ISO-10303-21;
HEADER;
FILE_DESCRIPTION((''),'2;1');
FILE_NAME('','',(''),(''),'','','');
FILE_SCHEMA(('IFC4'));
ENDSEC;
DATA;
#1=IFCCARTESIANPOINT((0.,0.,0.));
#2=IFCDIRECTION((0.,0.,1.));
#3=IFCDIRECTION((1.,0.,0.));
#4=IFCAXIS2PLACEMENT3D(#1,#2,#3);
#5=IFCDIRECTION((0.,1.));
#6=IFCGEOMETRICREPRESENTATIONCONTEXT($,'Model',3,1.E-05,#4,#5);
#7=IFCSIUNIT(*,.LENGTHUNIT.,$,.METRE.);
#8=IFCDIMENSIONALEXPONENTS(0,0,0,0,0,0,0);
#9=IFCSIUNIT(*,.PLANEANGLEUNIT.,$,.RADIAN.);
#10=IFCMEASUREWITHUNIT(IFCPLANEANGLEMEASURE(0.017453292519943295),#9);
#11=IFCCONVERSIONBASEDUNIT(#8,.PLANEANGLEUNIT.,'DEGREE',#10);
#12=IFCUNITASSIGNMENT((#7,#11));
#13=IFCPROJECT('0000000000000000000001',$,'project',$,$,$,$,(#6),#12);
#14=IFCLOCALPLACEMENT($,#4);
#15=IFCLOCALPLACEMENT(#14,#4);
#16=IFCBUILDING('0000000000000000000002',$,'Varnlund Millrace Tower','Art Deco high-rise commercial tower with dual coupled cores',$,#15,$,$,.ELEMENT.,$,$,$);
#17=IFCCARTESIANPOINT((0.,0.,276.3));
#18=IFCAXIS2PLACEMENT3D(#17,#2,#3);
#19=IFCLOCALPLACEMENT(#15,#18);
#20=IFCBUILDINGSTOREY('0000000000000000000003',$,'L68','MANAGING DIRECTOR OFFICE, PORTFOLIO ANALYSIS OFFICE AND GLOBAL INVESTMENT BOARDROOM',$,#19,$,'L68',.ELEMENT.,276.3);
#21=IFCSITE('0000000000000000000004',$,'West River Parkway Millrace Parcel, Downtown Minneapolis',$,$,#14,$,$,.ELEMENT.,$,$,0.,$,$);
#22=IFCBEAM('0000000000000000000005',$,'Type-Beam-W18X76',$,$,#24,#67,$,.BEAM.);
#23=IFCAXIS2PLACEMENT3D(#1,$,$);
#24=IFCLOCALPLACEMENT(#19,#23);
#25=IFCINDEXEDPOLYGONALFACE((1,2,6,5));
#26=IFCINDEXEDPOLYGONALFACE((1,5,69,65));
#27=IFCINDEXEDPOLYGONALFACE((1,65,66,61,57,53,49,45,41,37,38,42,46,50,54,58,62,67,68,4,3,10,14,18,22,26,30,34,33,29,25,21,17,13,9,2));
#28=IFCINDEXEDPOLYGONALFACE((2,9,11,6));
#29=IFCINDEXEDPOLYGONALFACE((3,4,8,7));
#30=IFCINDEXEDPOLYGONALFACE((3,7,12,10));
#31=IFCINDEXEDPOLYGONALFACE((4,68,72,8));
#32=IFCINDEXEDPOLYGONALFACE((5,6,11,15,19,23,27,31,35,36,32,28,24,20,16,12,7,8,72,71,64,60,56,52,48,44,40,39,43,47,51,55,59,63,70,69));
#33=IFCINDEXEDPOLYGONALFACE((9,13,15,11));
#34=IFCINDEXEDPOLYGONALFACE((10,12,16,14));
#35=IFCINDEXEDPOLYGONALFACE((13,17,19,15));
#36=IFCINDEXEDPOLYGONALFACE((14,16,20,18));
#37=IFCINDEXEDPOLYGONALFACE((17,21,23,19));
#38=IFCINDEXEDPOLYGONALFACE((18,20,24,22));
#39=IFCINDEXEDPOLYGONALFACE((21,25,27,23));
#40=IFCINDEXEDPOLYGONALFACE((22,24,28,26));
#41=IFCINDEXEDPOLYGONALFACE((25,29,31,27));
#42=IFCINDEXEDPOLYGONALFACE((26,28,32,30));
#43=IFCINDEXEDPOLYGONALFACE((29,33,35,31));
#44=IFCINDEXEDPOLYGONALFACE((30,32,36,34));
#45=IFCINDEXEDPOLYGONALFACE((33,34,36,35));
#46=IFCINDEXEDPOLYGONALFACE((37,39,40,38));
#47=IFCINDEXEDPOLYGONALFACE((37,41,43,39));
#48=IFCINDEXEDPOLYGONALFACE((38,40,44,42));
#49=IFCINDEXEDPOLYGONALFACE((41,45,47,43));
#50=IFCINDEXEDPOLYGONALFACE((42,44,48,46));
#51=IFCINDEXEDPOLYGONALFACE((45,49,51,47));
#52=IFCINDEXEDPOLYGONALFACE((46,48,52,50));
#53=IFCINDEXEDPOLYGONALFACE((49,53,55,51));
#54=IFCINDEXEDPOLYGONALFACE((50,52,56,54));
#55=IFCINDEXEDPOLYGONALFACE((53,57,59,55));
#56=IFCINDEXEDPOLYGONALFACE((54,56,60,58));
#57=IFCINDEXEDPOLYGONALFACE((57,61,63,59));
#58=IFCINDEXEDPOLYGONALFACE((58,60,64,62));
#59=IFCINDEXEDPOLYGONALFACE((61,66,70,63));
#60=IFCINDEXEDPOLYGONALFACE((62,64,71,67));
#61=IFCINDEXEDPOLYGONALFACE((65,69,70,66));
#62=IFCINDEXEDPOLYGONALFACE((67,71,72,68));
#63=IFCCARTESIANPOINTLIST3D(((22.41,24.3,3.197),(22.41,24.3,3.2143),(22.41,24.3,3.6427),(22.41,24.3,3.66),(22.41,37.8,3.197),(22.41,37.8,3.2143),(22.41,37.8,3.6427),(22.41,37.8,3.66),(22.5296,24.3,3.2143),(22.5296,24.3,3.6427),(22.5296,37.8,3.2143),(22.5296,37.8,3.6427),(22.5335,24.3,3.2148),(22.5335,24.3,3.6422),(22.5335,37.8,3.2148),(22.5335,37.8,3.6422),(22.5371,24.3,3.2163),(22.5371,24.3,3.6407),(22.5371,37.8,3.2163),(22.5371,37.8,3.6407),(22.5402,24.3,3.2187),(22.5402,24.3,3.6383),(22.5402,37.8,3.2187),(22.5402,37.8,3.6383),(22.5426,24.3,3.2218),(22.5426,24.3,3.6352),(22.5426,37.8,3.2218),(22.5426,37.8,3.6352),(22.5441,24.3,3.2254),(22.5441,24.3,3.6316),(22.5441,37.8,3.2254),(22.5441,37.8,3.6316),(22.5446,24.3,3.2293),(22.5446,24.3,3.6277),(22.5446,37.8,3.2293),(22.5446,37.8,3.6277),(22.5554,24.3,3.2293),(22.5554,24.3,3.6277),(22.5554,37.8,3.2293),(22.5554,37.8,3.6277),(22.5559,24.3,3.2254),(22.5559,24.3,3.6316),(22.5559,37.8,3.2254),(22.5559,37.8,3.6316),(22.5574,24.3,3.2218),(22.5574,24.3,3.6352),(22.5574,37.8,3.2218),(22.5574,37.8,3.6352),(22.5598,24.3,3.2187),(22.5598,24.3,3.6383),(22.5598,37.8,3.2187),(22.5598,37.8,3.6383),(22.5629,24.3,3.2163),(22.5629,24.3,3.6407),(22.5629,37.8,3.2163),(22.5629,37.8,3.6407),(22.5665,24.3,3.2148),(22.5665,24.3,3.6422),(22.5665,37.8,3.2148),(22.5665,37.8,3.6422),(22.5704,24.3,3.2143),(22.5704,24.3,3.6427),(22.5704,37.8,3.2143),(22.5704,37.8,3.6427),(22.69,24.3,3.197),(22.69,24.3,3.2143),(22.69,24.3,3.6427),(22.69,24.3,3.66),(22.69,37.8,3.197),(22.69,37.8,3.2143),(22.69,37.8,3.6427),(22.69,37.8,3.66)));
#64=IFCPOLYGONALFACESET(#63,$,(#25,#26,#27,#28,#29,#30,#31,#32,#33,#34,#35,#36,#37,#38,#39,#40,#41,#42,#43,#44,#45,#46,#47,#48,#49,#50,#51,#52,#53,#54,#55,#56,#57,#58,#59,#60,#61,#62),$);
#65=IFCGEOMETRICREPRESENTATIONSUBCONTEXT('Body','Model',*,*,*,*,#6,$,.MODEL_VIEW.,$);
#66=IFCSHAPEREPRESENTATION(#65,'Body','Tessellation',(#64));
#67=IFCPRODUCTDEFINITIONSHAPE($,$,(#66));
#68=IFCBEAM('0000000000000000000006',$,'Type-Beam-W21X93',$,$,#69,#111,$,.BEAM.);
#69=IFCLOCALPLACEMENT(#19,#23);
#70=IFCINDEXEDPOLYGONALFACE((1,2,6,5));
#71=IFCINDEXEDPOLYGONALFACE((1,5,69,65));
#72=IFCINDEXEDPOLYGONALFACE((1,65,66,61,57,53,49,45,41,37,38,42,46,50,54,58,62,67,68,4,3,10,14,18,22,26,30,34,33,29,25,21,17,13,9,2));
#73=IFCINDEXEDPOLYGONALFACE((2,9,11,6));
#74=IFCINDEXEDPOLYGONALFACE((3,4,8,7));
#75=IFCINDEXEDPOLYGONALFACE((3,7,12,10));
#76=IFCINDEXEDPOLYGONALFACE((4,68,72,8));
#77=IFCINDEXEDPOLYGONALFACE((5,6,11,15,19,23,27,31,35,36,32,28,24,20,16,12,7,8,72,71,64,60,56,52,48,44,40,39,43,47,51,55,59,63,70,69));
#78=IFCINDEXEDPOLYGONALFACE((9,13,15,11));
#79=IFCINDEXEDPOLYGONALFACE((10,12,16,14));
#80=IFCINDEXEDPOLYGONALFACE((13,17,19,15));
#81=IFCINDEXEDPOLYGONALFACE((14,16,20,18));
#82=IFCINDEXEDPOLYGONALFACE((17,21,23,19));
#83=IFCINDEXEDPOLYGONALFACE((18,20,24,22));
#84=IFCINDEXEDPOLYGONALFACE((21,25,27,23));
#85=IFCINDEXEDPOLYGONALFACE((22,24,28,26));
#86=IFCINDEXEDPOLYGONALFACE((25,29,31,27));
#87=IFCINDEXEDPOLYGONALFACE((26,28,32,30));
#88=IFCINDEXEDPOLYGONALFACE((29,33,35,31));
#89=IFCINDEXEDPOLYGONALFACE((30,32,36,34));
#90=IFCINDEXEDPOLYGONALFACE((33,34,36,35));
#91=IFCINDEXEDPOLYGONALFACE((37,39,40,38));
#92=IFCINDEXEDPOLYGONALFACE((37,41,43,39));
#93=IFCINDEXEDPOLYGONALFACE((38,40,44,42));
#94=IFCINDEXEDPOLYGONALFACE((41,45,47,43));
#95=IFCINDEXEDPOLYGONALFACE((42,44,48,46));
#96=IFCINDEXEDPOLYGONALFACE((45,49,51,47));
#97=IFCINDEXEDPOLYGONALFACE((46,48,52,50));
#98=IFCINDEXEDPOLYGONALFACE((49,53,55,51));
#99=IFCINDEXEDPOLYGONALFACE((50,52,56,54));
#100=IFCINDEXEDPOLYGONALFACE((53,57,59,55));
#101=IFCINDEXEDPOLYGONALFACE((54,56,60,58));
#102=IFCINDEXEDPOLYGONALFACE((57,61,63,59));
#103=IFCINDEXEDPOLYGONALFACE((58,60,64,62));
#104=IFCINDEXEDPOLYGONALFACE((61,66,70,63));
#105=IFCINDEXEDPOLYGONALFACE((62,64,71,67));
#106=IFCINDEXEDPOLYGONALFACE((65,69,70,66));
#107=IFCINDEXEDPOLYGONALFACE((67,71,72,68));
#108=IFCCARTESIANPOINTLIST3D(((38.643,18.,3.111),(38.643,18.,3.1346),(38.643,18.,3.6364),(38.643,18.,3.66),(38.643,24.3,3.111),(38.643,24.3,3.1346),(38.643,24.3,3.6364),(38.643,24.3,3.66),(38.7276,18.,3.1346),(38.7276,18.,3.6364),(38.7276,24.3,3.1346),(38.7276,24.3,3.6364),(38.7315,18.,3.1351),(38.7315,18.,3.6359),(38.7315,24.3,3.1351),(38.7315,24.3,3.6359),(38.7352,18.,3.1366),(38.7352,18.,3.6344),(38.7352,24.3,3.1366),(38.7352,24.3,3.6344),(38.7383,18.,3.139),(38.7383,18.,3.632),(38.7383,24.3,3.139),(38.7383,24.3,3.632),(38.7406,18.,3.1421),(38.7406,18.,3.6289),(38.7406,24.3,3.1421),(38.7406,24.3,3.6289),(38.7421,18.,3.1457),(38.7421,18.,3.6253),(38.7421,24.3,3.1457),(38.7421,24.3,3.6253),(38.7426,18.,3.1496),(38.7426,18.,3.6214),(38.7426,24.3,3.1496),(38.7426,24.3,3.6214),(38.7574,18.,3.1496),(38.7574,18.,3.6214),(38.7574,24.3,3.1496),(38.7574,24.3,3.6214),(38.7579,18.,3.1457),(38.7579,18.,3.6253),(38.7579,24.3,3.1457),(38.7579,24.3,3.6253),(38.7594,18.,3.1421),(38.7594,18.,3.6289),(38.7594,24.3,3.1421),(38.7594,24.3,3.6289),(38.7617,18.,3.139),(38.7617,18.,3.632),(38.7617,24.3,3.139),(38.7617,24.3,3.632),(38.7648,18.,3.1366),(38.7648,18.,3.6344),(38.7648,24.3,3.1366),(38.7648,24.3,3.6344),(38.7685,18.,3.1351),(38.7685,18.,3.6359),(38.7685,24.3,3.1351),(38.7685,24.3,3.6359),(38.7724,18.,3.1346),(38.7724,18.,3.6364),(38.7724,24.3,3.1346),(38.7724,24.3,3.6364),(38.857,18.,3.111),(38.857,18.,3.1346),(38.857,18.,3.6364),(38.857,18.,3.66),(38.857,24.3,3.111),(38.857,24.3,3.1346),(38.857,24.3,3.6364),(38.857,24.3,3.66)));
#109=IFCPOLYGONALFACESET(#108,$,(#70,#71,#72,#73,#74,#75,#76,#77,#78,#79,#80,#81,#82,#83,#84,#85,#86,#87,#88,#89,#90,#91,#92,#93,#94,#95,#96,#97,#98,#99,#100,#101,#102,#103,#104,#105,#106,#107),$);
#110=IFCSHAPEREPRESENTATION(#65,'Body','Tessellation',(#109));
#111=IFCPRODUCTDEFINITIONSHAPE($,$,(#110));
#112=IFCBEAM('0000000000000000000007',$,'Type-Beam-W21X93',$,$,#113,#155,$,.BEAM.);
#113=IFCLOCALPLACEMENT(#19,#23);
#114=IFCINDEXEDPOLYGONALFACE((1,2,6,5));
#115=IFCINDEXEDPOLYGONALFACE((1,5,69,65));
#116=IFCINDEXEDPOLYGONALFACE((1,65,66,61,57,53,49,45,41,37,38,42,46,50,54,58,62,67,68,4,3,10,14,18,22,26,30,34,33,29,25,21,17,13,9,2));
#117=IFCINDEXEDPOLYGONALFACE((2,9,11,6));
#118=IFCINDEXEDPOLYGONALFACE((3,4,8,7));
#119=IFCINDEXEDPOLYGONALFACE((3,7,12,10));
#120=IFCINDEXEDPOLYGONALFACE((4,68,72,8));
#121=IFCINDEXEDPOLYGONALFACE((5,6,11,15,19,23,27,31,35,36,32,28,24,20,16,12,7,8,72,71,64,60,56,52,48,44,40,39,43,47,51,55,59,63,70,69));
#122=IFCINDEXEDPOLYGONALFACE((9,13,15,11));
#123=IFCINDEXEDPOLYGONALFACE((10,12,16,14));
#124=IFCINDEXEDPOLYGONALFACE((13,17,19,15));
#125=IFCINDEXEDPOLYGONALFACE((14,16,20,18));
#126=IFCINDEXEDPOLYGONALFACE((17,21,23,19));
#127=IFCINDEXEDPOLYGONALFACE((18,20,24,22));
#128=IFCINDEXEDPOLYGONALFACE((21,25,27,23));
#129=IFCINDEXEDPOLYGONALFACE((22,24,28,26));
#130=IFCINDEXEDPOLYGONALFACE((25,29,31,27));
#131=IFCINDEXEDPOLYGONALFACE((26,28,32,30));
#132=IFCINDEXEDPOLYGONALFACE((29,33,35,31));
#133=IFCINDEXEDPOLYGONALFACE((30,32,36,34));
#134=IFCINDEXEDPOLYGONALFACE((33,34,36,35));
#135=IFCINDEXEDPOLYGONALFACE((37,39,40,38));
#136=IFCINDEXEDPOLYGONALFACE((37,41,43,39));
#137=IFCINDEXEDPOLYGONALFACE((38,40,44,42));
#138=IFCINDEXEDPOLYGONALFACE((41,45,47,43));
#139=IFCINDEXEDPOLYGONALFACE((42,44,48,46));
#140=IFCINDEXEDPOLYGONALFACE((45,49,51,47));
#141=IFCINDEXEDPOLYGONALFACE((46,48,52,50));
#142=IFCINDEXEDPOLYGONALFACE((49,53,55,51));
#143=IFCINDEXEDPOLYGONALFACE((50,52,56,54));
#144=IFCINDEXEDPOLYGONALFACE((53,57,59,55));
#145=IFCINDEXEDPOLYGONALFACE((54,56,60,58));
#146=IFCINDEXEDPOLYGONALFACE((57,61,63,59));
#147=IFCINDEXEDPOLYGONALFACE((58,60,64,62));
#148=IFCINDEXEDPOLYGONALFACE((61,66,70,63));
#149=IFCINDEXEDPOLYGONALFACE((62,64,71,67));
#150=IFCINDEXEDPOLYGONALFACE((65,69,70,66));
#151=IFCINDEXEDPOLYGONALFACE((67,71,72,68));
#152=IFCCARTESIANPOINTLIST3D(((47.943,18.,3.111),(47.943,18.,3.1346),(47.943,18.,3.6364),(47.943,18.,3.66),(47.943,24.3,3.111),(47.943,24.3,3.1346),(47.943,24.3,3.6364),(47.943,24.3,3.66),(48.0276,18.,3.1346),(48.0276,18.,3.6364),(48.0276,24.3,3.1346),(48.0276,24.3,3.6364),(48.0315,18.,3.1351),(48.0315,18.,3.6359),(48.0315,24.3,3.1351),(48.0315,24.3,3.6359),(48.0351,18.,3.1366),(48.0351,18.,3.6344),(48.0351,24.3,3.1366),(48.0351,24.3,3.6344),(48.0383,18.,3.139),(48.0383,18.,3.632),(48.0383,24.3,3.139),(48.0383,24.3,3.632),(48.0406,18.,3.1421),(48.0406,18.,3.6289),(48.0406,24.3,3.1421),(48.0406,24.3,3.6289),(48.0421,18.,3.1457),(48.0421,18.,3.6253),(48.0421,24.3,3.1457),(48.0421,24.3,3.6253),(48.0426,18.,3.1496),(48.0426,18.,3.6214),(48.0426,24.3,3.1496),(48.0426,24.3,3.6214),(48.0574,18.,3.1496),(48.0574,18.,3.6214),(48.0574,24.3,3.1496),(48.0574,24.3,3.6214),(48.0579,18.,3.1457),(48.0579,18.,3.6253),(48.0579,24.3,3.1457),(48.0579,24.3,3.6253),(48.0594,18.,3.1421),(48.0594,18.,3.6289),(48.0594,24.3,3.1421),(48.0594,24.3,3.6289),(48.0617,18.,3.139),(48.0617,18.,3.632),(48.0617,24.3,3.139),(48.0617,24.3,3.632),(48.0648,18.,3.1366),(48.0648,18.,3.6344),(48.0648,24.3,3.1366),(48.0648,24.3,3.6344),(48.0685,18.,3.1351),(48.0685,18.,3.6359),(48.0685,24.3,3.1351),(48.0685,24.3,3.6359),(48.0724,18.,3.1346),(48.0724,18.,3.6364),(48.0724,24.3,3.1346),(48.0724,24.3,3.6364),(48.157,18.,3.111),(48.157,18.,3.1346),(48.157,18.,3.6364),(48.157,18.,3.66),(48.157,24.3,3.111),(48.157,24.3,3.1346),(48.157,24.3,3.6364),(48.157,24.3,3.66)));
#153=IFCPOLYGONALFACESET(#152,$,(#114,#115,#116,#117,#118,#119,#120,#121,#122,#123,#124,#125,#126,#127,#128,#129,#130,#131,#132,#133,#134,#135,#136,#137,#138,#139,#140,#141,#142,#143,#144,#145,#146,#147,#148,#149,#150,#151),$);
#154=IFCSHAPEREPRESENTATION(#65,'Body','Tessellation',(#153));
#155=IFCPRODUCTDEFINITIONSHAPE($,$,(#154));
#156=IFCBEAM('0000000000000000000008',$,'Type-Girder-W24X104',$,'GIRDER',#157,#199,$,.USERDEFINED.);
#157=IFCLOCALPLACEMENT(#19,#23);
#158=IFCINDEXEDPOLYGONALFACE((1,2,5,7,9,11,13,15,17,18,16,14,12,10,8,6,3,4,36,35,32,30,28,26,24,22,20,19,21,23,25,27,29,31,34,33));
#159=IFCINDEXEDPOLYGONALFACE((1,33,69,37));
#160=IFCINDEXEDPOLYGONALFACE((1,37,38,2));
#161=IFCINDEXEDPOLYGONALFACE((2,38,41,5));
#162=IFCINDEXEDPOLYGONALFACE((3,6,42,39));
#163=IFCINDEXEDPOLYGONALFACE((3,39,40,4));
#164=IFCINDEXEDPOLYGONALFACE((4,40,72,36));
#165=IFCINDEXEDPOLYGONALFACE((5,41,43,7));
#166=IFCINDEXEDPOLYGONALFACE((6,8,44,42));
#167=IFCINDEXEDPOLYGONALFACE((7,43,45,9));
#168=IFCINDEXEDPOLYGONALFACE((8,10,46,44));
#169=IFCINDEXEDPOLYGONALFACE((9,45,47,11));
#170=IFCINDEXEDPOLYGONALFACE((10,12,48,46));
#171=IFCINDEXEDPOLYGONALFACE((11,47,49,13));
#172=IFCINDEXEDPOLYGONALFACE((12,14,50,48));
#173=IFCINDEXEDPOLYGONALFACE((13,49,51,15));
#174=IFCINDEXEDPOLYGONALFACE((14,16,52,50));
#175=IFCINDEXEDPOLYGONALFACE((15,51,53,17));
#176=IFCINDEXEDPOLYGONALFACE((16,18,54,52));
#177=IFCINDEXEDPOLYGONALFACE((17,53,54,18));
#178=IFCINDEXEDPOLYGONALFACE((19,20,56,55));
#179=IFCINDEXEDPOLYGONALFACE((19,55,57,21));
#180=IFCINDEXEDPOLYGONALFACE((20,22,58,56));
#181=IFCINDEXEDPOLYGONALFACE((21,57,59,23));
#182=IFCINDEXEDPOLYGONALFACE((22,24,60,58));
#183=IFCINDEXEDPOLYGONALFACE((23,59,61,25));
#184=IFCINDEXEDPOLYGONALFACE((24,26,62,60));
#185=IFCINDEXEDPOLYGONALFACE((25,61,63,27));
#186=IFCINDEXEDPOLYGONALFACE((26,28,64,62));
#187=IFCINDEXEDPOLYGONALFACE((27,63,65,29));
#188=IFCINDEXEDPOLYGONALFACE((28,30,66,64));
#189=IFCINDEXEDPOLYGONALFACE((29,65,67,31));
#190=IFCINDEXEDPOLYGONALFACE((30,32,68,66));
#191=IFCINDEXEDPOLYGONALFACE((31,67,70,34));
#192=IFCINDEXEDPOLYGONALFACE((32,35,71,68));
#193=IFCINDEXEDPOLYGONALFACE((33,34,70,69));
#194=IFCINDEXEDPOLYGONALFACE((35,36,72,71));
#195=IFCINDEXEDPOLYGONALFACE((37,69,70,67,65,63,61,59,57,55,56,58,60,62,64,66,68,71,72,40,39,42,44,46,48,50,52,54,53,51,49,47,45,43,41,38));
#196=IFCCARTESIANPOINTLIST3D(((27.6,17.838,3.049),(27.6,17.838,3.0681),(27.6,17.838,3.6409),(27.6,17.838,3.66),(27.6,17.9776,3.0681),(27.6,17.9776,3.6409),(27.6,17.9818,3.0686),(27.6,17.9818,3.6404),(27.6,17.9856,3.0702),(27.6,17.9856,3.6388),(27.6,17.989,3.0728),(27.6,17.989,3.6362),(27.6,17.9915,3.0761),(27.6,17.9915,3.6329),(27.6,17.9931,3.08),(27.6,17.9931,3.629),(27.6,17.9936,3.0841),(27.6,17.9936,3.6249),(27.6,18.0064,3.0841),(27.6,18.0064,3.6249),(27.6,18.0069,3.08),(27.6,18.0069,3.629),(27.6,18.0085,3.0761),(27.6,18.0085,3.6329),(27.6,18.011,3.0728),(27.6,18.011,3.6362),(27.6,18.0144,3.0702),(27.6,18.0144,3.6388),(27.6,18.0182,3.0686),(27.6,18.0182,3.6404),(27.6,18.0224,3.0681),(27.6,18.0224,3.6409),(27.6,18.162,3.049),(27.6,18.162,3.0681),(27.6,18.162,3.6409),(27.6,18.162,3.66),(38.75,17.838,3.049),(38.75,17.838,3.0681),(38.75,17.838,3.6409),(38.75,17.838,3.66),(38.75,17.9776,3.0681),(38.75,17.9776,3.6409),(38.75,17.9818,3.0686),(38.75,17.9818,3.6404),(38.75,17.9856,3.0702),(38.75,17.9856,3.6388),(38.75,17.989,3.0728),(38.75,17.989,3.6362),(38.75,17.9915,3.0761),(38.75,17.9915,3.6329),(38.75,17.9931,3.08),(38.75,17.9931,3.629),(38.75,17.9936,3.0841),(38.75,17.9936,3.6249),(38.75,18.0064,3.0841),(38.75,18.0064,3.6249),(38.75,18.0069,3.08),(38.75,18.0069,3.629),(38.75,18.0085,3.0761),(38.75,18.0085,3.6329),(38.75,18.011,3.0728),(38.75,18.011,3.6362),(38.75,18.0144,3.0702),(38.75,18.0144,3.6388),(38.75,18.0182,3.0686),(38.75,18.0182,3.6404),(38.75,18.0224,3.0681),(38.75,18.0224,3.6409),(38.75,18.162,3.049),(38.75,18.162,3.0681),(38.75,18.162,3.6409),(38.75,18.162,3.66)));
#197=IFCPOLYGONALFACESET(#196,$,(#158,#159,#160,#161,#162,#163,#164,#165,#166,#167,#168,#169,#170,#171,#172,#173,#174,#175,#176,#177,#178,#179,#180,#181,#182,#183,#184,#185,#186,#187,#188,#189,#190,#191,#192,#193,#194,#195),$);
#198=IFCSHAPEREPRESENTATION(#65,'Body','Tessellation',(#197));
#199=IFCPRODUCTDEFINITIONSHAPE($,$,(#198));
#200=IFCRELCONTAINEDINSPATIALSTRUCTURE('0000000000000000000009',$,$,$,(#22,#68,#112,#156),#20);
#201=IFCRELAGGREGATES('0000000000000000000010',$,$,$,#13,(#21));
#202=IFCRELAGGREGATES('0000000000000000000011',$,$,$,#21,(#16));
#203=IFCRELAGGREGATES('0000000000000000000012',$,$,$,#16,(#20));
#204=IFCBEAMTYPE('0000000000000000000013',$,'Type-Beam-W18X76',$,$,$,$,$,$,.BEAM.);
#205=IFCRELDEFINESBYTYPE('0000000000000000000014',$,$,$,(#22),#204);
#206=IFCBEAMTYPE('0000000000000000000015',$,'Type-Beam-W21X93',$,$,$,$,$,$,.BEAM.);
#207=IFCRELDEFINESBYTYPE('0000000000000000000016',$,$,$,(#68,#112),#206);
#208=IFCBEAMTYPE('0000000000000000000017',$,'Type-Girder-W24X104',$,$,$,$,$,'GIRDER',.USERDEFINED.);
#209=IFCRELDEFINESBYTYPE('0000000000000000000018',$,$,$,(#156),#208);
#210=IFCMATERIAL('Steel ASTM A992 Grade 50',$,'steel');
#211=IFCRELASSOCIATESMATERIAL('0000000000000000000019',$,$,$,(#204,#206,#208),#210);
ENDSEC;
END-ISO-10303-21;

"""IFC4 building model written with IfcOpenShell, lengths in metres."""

from ifc_helpers import new_model, entity, si_unit, converted_unit, direction, frame, origin_with_axes, origin_2d_with_axis, place, context, subcontext, project, spatial, i_section, extrude, material, material_profile, profile_set, type_object, element, save


model = new_model("IFC4")

# Units and contexts
model_context = context("Model", 3, precision=1e-05, world=origin_with_axes(), true_north=direction((0.0, 1.0)))
body_context = subcontext(model_context, "Body", "Model", "MODEL_VIEW")
ifc_project = project(units=[si_unit("LENGTHUNIT", "METRE"), converted_unit("PLANEANGLEUNIT", "DEGREE", entity("IfcPlaneAngleMeasure", 0.017453292519943295), si_unit("PLANEANGLEUNIT", "RADIAN"), dimensions=[0, 0, 0, 0, 0, 0, 0])], contexts=[model_context])

# Site, building, storey
site_placement = place(None, origin_with_axes())
site = spatial("IfcSite", under=ifc_project, at=site_placement, Name="West River Parkway Millrace Parcel, Downtown Minneapolis", CompositionType="ELEMENT", RefElevation=0.0)
building_placement = place(site_placement, origin_with_axes())
building = spatial("IfcBuilding", under=site, at=building_placement, Name="Varnlund Millrace Tower", Description="Art Deco high-rise commercial tower with dual coupled cores", CompositionType="ELEMENT")
storey_placement = place(building_placement, frame((0.0, 0.0, 276.3), z_axis=(0.0, 0.0, 1.0), x_axis=(1.0, 0.0, 0.0)))
storey = spatial("IfcBuildingStorey", under=building, at=storey_placement, Name="L68", Description="MANAGING DIRECTOR OFFICE, PORTFOLIO ANALYSIS OFFICE AND GLOBAL INVESTMENT BOARDROOM", LongName="L68", CompositionType="ELEMENT", Elevation=276.3)

# Beams
ifc_material_1 = material(Name="Steel ASTM A992 Grade 50", Category="steel")
ifc_material_profile_1 = material_profile(ifc_material_1, i_section(OverallWidth=0.28, OverallDepth=0.463, WebThickness=0.0108, FlangeThickness=0.0173, FilletRadius=0.015, at=origin_2d_with_axis()), Name="Steel ASTM A992 Grade 50")
ifc_profile_set_1 = profile_set([ifc_material_profile_1], Name="Steel ASTM A992 Grade 50")
beam_type_1 = type_object("IfcBeamType", Name="Type-Beam-W18X76", PredefinedType="BEAM", material=ifc_profile_set_1)
beam_1_placement = place(storey_placement, frame((22.55, 24.3, 3.4285), z_axis=(0.0, 1.0, 0.0), x_axis=(-1.0, 0.0, 0.0)))
element("IfcBeam", 1, at=beam_1_placement, inside=storey, type_object=beam_type_1, Name="Type-Beam-W18X76", PredefinedType="BEAM", context=body_context, shape_type="SweptSolid", body=[
    extrude(i_section(OverallWidth=0.28, OverallDepth=0.463, WebThickness=0.0108, FlangeThickness=0.0173, FilletRadius=0.015, at=origin_2d_with_axis()), origin_with_axes(), (0.0, 0.0, 1.0), 13.5),
])
ifc_material_profile_2 = material_profile(ifc_material_1, i_section(OverallWidth=0.214, OverallDepth=0.549, WebThickness=0.0147, FlangeThickness=0.0236, FilletRadius=0.015, at=origin_2d_with_axis()), Name="Steel ASTM A992 Grade 50")
ifc_profile_set_2 = profile_set([ifc_material_profile_2], Name="Steel ASTM A992 Grade 50")
beam_type_2 = type_object("IfcBeamType", Name="Type-Beam-W21X93", PredefinedType="BEAM", material=ifc_profile_set_2)
for number, where, z_axis, x_axis, name in (
    (2, (38.75, 18.0, 3.3855), (0.0, 1.0, 0.0), (-1.0, 0.0, 0.0), "Type-Beam-W21X93"),
    (3, (48.05, 18.0, 3.3855), (0.0, 1.0, 0.0), (-1.0, 0.0, 0.0), "Type-Beam-W21X93"),
):
    element("IfcBeam", number, at=place(storey_placement, frame(where, z_axis=z_axis, x_axis=x_axis)), inside=storey, type_object=beam_type_2, Name=name, PredefinedType="BEAM", context=body_context, shape_type="SweptSolid", body=[
        extrude(i_section(OverallWidth=0.214, OverallDepth=0.549, WebThickness=0.0147, FlangeThickness=0.0236, FilletRadius=0.015, at=origin_2d_with_axis()), origin_with_axes(), (0.0, 0.0, 1.0), 6.3),
    ])
ifc_material_profile_3 = material_profile(ifc_material_1, i_section(OverallWidth=0.324, OverallDepth=0.611, WebThickness=0.0127, FlangeThickness=0.0191, FilletRadius=0.016, at=origin_2d_with_axis()), Name="Steel ASTM A992 Grade 50")
ifc_profile_set_3 = profile_set([ifc_material_profile_3], Name="Steel ASTM A992 Grade 50")
beam_type_3 = type_object("IfcBeamType", Name="Type-Girder-W24X104", ElementType="GIRDER", PredefinedType="USERDEFINED", material=ifc_profile_set_3)
beam_2_placement = place(storey_placement, frame((27.6, 18.0, 3.3545), z_axis=(1.0, 0.0, 0.0), x_axis=(0.0, 1.0, 0.0)))
element("IfcBeam", 4, at=beam_2_placement, inside=storey, type_object=beam_type_3, Name="Type-Girder-W24X104", ObjectType="GIRDER", PredefinedType="USERDEFINED", context=body_context, shape_type="SweptSolid", body=[
    extrude(i_section(OverallWidth=0.324, OverallDepth=0.611, WebThickness=0.0127, FlangeThickness=0.0191, FilletRadius=0.016, at=origin_2d_with_axis()), origin_with_axes(), (0.0, 0.0, 1.0), 11.15),
])

save(model, "model.ifc")
